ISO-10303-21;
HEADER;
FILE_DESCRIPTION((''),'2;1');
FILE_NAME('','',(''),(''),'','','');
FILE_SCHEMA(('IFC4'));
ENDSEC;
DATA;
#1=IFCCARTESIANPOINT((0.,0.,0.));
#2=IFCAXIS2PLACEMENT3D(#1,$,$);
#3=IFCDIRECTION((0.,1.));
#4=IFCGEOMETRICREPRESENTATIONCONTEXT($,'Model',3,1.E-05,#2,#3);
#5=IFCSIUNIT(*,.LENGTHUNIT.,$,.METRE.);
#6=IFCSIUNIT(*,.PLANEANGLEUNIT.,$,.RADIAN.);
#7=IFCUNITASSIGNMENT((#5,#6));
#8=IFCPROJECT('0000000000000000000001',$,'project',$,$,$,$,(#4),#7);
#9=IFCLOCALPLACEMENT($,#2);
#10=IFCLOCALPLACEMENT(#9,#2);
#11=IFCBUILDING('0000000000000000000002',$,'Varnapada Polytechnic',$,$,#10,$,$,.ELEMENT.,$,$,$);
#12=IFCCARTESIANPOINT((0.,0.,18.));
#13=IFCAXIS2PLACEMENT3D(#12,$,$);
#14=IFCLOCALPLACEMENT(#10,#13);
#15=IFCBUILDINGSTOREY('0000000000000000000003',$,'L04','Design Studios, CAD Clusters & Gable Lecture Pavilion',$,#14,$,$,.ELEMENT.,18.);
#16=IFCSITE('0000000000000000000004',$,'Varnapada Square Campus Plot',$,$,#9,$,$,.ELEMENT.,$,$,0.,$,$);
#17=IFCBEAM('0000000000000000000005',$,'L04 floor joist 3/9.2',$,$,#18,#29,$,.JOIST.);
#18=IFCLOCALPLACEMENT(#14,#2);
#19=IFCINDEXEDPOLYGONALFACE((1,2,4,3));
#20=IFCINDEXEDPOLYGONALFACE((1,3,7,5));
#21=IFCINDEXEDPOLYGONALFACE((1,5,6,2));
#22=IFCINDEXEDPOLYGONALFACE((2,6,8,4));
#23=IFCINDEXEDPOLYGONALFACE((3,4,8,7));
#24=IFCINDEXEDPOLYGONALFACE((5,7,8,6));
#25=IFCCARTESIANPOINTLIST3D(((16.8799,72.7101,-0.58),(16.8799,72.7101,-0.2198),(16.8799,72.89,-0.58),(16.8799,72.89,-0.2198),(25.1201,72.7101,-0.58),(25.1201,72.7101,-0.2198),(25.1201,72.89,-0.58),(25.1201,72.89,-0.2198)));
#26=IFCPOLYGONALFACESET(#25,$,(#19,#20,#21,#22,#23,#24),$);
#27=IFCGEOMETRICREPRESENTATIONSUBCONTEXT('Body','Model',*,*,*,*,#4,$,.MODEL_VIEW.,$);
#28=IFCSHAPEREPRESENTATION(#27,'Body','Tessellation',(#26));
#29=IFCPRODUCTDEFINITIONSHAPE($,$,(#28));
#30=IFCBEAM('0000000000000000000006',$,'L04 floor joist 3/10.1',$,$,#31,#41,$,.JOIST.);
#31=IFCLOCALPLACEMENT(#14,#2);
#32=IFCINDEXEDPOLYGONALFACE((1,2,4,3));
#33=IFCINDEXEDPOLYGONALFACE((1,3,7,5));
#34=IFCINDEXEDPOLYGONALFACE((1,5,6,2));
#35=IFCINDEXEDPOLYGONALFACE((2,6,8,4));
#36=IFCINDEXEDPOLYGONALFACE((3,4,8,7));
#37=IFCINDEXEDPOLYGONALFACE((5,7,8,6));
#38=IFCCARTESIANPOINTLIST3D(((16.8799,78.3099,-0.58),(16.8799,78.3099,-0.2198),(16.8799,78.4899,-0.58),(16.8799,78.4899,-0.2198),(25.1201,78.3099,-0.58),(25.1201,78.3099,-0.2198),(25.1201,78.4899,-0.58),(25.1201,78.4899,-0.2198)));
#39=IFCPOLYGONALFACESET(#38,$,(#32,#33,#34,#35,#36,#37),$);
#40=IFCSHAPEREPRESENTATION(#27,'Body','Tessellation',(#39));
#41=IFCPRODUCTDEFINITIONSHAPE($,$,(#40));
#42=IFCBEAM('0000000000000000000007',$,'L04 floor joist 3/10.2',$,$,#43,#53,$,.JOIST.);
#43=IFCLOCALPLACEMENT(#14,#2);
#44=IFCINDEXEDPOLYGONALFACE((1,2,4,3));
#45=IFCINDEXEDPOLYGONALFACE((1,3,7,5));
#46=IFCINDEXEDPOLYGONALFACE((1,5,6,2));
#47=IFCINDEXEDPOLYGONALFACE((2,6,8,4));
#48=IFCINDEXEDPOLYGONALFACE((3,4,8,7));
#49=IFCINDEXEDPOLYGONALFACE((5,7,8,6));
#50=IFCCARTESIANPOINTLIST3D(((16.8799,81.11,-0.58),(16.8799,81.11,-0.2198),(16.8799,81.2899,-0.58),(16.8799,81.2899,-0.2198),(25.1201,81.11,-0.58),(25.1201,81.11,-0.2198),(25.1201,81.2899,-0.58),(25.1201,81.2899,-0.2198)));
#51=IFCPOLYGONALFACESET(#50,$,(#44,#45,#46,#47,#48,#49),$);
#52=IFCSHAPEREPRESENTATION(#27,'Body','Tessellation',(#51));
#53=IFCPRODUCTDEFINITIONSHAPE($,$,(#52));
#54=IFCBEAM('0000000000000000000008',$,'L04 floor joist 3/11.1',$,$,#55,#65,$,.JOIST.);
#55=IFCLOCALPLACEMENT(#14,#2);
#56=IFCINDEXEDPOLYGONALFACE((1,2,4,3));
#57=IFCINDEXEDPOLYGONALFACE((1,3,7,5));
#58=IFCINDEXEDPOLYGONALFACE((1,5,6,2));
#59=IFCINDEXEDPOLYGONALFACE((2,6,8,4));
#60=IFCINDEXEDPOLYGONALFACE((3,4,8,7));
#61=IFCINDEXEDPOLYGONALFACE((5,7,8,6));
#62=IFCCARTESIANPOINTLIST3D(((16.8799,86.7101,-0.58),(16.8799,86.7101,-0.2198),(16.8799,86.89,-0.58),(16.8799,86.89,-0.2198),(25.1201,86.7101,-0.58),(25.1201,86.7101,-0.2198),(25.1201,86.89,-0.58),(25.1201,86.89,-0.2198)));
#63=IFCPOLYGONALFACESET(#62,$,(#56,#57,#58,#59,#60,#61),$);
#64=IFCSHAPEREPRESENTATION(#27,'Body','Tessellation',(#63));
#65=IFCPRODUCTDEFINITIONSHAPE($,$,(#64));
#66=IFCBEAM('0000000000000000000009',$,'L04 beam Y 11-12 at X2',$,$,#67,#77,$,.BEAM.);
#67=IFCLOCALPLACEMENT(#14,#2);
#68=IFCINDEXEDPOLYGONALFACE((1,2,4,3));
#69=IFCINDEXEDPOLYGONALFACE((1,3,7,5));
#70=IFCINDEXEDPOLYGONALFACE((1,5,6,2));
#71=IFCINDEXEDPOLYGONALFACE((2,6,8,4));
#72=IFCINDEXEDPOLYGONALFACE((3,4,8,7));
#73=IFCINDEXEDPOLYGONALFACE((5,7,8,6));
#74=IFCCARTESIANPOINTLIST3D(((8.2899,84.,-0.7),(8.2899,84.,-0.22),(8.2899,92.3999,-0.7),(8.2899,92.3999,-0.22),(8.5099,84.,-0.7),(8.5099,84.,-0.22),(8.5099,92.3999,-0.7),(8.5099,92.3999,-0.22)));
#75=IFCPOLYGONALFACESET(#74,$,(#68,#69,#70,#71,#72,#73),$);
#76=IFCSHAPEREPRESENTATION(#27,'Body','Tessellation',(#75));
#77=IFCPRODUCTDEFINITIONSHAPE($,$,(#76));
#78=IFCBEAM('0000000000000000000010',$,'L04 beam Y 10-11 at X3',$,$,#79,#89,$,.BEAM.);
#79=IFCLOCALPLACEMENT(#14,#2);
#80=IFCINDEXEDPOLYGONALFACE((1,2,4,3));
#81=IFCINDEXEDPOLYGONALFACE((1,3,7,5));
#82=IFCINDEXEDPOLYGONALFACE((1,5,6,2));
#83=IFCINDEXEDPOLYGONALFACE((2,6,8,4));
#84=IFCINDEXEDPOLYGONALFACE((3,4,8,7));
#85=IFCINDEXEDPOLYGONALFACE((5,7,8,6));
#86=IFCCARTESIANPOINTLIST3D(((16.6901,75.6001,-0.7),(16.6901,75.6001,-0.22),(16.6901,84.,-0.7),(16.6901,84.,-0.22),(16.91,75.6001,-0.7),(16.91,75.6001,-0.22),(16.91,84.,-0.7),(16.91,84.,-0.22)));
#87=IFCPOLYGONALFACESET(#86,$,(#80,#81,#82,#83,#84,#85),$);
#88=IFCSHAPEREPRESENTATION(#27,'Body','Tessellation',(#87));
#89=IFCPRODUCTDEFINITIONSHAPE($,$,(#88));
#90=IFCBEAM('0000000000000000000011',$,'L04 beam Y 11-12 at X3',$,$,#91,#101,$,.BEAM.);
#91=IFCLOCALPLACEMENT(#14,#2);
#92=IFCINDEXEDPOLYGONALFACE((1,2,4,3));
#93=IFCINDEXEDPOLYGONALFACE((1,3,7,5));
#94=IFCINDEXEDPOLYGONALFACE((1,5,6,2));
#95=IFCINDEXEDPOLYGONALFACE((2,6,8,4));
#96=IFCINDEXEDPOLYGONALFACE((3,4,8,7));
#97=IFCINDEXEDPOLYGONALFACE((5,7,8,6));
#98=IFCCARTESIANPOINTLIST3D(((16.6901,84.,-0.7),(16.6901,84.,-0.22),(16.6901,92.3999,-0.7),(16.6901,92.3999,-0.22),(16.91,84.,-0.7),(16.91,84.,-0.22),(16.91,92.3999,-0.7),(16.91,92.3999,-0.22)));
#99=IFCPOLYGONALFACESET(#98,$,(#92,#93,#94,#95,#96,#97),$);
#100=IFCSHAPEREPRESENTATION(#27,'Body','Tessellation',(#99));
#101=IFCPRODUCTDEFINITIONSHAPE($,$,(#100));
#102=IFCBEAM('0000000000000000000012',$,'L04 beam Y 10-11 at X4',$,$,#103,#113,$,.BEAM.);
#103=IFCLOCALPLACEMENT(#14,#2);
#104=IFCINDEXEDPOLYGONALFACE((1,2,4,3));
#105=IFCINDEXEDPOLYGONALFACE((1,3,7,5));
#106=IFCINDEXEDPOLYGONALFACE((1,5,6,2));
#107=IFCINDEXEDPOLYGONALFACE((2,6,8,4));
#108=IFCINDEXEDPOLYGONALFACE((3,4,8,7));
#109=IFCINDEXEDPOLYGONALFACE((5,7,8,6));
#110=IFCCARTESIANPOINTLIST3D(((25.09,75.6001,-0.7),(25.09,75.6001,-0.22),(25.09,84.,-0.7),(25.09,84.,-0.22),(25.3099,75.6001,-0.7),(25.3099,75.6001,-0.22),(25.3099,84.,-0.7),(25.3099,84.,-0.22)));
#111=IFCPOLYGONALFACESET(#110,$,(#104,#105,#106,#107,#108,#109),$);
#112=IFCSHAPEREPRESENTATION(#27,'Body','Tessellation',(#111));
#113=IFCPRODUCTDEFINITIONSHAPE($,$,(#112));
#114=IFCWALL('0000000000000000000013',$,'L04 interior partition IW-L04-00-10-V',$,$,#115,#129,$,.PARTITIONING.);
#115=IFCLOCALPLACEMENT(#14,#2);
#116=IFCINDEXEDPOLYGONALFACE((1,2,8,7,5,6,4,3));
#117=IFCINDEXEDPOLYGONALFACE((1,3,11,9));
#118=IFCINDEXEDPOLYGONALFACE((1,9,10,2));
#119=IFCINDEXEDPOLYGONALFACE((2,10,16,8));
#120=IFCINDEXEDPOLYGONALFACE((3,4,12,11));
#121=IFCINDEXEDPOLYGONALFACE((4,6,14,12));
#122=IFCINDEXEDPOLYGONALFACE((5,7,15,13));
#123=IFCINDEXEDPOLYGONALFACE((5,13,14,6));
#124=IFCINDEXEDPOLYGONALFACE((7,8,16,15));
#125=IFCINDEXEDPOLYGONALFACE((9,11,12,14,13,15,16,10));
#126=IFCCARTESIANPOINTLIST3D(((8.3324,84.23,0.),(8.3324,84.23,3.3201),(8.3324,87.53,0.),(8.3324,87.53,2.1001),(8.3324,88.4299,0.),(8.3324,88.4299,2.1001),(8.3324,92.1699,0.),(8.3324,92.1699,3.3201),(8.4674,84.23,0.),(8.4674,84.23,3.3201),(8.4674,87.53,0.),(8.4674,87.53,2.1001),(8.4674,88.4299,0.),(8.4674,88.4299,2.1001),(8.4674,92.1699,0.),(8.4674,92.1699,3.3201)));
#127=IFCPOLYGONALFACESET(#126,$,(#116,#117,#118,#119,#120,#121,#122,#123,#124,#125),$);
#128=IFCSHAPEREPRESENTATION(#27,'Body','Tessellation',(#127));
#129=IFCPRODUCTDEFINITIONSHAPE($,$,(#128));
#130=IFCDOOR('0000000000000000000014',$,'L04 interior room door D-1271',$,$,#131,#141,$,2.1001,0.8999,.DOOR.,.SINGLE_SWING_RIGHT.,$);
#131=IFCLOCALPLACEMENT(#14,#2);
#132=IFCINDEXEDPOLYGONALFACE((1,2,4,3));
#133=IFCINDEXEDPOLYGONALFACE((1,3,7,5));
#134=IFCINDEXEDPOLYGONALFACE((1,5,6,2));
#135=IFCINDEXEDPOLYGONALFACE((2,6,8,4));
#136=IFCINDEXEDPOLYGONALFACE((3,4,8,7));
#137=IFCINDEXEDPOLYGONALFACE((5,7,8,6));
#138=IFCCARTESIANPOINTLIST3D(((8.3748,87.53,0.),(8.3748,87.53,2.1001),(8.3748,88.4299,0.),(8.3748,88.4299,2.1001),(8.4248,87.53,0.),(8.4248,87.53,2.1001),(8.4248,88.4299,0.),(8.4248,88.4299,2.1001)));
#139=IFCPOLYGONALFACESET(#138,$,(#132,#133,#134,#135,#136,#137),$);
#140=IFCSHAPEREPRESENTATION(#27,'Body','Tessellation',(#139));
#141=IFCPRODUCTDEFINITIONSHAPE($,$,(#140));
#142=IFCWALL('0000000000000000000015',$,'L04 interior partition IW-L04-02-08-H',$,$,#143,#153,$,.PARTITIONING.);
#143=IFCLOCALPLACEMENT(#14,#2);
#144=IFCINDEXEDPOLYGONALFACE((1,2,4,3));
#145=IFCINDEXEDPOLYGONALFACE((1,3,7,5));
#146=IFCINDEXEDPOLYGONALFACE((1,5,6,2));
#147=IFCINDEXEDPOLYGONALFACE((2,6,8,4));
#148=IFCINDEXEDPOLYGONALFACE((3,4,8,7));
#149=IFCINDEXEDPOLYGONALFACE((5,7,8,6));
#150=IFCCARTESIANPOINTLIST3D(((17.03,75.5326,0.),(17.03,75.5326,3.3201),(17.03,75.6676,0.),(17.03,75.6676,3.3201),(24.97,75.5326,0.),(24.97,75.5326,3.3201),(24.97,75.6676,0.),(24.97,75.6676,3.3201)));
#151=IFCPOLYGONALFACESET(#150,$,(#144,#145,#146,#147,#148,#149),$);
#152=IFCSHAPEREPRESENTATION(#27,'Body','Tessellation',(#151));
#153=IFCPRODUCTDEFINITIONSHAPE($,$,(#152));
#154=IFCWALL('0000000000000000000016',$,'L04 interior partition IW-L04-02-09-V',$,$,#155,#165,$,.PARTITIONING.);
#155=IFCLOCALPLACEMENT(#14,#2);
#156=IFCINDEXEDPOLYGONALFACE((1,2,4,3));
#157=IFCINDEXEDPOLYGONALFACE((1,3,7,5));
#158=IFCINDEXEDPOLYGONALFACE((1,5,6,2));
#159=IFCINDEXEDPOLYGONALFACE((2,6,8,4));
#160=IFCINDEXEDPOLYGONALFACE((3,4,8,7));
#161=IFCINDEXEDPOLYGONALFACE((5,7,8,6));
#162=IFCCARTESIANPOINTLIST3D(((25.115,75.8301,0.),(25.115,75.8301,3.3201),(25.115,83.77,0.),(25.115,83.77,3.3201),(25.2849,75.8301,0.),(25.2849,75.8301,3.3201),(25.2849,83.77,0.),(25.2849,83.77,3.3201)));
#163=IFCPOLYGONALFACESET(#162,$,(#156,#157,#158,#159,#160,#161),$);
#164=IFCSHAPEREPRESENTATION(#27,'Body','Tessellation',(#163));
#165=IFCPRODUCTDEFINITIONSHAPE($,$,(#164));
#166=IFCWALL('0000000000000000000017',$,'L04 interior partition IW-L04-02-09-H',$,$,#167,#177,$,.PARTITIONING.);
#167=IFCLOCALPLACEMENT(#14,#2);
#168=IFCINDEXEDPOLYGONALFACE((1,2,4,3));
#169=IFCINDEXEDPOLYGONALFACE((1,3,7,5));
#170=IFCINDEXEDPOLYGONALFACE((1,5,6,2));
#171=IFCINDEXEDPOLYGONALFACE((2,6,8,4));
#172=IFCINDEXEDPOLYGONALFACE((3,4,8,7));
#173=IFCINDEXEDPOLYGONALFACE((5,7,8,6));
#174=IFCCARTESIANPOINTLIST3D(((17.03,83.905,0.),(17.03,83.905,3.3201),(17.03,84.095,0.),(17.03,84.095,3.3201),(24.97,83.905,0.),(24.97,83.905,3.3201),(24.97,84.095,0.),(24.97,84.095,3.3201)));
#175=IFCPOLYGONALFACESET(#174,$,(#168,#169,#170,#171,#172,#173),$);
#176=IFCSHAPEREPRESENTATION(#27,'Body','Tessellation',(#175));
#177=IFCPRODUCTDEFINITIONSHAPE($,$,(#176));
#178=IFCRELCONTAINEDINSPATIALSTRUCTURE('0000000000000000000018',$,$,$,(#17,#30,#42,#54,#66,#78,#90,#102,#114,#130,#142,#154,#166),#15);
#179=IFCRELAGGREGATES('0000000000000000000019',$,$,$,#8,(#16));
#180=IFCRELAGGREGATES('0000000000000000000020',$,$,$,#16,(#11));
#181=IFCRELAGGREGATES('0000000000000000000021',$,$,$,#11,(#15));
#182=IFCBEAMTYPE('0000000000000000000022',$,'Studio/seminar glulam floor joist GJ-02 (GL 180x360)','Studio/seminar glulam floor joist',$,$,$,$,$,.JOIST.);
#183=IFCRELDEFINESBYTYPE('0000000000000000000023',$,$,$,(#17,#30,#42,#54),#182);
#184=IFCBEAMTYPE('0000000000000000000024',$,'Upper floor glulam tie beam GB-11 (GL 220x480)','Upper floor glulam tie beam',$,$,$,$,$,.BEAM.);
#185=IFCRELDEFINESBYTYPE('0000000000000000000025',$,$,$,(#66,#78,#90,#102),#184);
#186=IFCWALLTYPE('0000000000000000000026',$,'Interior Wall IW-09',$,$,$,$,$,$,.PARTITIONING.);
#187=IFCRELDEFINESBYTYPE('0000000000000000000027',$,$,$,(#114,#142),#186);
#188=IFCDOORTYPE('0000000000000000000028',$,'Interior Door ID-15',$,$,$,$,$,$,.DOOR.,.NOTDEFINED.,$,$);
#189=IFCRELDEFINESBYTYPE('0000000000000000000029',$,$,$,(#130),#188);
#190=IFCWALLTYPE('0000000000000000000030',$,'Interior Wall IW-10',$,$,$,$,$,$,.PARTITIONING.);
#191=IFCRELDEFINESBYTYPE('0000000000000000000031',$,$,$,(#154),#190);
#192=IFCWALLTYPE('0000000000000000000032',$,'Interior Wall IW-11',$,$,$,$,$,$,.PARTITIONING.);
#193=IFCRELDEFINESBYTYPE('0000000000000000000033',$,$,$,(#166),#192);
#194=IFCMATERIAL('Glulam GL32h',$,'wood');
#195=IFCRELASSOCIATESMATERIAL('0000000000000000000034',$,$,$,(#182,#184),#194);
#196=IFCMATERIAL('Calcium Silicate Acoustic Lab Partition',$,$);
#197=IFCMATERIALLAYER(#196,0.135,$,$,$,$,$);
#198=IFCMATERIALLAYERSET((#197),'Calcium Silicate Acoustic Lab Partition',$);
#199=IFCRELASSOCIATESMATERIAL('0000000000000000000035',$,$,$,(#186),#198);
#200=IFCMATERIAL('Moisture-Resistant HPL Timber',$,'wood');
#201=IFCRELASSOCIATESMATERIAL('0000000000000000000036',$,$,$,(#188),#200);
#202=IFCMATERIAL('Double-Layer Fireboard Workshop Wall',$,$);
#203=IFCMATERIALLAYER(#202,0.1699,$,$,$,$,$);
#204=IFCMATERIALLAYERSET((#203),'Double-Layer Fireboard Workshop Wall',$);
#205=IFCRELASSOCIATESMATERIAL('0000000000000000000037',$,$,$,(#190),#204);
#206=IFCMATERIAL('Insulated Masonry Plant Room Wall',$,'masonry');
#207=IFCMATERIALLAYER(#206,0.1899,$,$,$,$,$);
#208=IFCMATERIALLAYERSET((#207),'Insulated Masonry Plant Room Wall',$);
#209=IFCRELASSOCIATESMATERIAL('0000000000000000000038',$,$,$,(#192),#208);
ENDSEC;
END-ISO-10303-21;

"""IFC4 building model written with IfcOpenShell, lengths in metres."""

from ifc_helpers import new_model, si_unit, direction, frame, frame_2d, origin, origin_2d, place, context, subcontext, project, spatial, rectangle, extrude, material, layer, layer_set, material_profile, profile_set, type_object, element, fill, save


model = new_model("IFC4")

# Units and contexts
model_context = context("Model", 3, precision=1e-05, world=origin(), true_north=direction((0.0, 1.0)))
body_context = subcontext(model_context, "Body", "Model", "MODEL_VIEW")
ifc_project = project(units=[si_unit("LENGTHUNIT", "METRE"), si_unit("PLANEANGLEUNIT", "RADIAN")], contexts=[model_context])

# Site, building, storey
site_placement = place(None, origin())
site = spatial("IfcSite", under=ifc_project, at=site_placement, Name="Varnapada Square Campus Plot", CompositionType="ELEMENT", RefElevation=0.0)
building_placement = place(site_placement, origin())
building = spatial("IfcBuilding", under=site, at=building_placement, Name="Varnapada Polytechnic", CompositionType="ELEMENT")
storey_placement = place(building_placement, frame((0.0, 0.0, 18.0)))
storey = spatial("IfcBuildingStorey", under=building, at=storey_placement, Name="L04", Description="Design Studios, CAD Clusters & Gable Lecture Pavilion", CompositionType="ELEMENT", Elevation=18.0)

# Shared definitions
ifc_material_1 = material(Name="Glulam GL32h", Category="wood")

# Beams
ifc_material_profile_1 = material_profile(ifc_material_1, rectangle(XDim=0.1799, YDim=0.3601, at=origin_2d()), Name="GL 180x360")
ifc_profile_set_1 = profile_set([ifc_material_profile_1], Name="Glulam GL32h")
beam_type_1 = type_object("IfcBeamType", Name="Studio/seminar glulam floor joist GJ-02 (GL 180x360)", Description="Studio/seminar glulam floor joist", PredefinedType="JOIST", material=ifc_profile_set_1)
for number, where, z_axis, x_axis, name in (
    (1, (16.8799, 72.8, -0.3999), (1.0, 0.0, 0.0), (0.0, 1.0, 0.0), "L04 floor joist 3/9.2"),
    (2, (16.8799, 78.3999, -0.3999), (1.0, 0.0, 0.0), (0.0, 1.0, 0.0), "L04 floor joist 3/10.1"),
    (3, (16.8799, 81.2, -0.3999), (1.0, 0.0, 0.0), (0.0, 1.0, 0.0), "L04 floor joist 3/10.2"),
    (4, (16.8799, 86.8, -0.3999), (1.0, 0.0, 0.0), (0.0, 1.0, 0.0), "L04 floor joist 3/11.1"),
):
    element("IfcBeam", number, at=place(storey_placement, frame(where, z_axis=z_axis, x_axis=x_axis)), inside=storey, type_object=beam_type_1, Name=name, PredefinedType="JOIST", context=body_context, shape_type="SweptSolid", body=[
        extrude(rectangle(XDim=0.1799, YDim=0.3601, at=origin_2d()), origin(), (0.0, 0.0, 1.0), 8.2402),
    ])
ifc_material_profile_2 = material_profile(ifc_material_1, rectangle(XDim=0.22, YDim=0.48, at=origin_2d()), Name="GL 220x480")
ifc_profile_set_2 = profile_set([ifc_material_profile_2], Name="Glulam GL32h")
beam_type_2 = type_object("IfcBeamType", Name="Upper floor glulam tie beam GB-11 (GL 220x480)", Description="Upper floor glulam tie beam", PredefinedType="BEAM", material=ifc_profile_set_2)
for number, where, z_axis, x_axis, name in (
    (5, (8.3999, 84.0, -0.46), (0.0, 1.0, 0.0), (-1.0, 0.0, 0.0), "L04 beam Y 11-12 at X2"),
    (6, (16.8, 75.6001, -0.46), (0.0, 1.0, 0.0), (-1.0, 0.0, 0.0), "L04 beam Y 10-11 at X3"),
    (7, (16.8, 84.0, -0.46), (0.0, 1.0, 0.0), (-1.0, 0.0, 0.0), "L04 beam Y 11-12 at X3"),
    (8, (25.2, 75.6001, -0.46), (0.0, 1.0, 0.0), (-1.0, 0.0, 0.0), "L04 beam Y 10-11 at X4"),
):
    element("IfcBeam", number, at=place(storey_placement, frame(where, z_axis=z_axis, x_axis=x_axis)), inside=storey, type_object=beam_type_2, Name=name, PredefinedType="BEAM", context=body_context, shape_type="SweptSolid", body=[
        extrude(rectangle(XDim=0.22, YDim=0.48, at=origin_2d()), origin(), (0.0, 0.0, 1.0), 8.3999),
    ])

# Wall, opening, door
ifc_material_2 = material(Name="Calcium Silicate Acoustic Lab Partition")
ifc_layer_1 = layer(ifc_material_2, 0.135)
ifc_layer_set_1 = layer_set([ifc_layer_1], Name="Calcium Silicate Acoustic Lab Partition")
wall_type_1 = type_object("IfcWallType", Name="Interior Wall IW-09", PredefinedType="PARTITIONING", material=ifc_layer_set_1)
wall_1_placement = place(storey_placement, frame((8.3999, 84.23, 0.0), z_axis=(0.0, 0.0, 1.0), x_axis=(0.0, 1.0, 0.0)))
wall_1 = element("IfcWall", 9, at=wall_1_placement, inside=storey, type_object=wall_type_1, Name="L04 interior partition IW-L04-00-10-V", PredefinedType="PARTITIONING", context=body_context, shape_type="SweptSolid", body=[
    extrude(rectangle(XDim=7.9399, YDim=0.135, at=frame_2d((3.97, 0.0))), origin(), (0.0, 0.0, 1.0), 3.3201),
])
opening_1_placement = place(wall_1_placement, frame((3.3, 0.0, 0.0)))
opening_1 = element("IfcOpeningElement", 10, at=opening_1_placement, cuts=wall_1, PredefinedType="OPENING", context=body_context, shape_type="SweptSolid", body=[
    extrude(rectangle(XDim=0.8999, YDim=2.1001, at=frame_2d((0.45, 1.05))), frame((0.0, 0.0774, 0.0), z_axis=(0.0, -1.0, 0.0), x_axis=(1.0, 0.0, 0.0)), (0.0, 0.0, 1.0), 0.155),
])
ifc_material_3 = material(Name="Moisture-Resistant HPL Timber", Category="wood")
door_type_1 = type_object("IfcDoorType", Name="Interior Door ID-15", OperationType="NOTDEFINED", PredefinedType="DOOR", material=ifc_material_3)
door_1_placement = place(opening_1_placement, frame((0.8999, 0.0, 0.0), z_axis=(0.0, 0.0, 1.0), x_axis=(-1.0, 0.0, 0.0)))
door_1 = element("IfcDoor", 11, at=door_1_placement, inside=storey, type_object=door_type_1, Name="L04 interior room door D-1271", OperationType="SINGLE_SWING_RIGHT", OverallHeight=2.1001, OverallWidth=0.8999, PredefinedType="DOOR", context=body_context, shape_type="SweptSolid", body=[
    extrude(rectangle(XDim=0.8999, YDim=2.1001, at=frame_2d((0.45, 1.05))), frame((0.0, 0.0249, 0.0), z_axis=(0.0, -1.0, 0.0), x_axis=(1.0, 0.0, 0.0)), (0.0, 0.0, 1.0), 0.05),
])
fill(opening_1, door_1)

# Walls
wall_2_placement = place(storey_placement, frame((17.03, 75.6001, 0.0), z_axis=(0.0, 0.0, 1.0), x_axis=(1.0, 0.0, 0.0)))
element("IfcWall", 12, at=wall_2_placement, inside=storey, type_object=wall_type_1, Name="L04 interior partition IW-L04-02-08-H", PredefinedType="PARTITIONING", context=body_context, shape_type="SweptSolid", body=[
    extrude(rectangle(XDim=7.9399, YDim=0.135, at=frame_2d((3.97, 0.0))), origin(), (0.0, 0.0, 1.0), 3.3201),
])
ifc_material_4 = material(Name="Double-Layer Fireboard Workshop Wall")
ifc_layer_2 = layer(ifc_material_4, 0.1699)
ifc_layer_set_2 = layer_set([ifc_layer_2], Name="Double-Layer Fireboard Workshop Wall")
wall_type_2 = type_object("IfcWallType", Name="Interior Wall IW-10", PredefinedType="PARTITIONING", material=ifc_layer_set_2)
wall_3_placement = place(storey_placement, frame((25.2, 75.8301, 0.0), z_axis=(0.0, 0.0, 1.0), x_axis=(0.0, 1.0, 0.0)))
element("IfcWall", 13, at=wall_3_placement, inside=storey, type_object=wall_type_2, Name="L04 interior partition IW-L04-02-09-V", PredefinedType="PARTITIONING", context=body_context, shape_type="SweptSolid", body=[
    extrude(rectangle(XDim=7.9399, YDim=0.1699, at=frame_2d((3.97, 0.0))), origin(), (0.0, 0.0, 1.0), 3.3201),
])
ifc_material_5 = material(Name="Insulated Masonry Plant Room Wall", Category="masonry")
ifc_layer_3 = layer(ifc_material_5, 0.1899)
ifc_layer_set_3 = layer_set([ifc_layer_3], Name="Insulated Masonry Plant Room Wall")
wall_type_3 = type_object("IfcWallType", Name="Interior Wall IW-11", PredefinedType="PARTITIONING", material=ifc_layer_set_3)
wall_4_placement = place(storey_placement, frame((17.03, 84.0, 0.0), z_axis=(0.0, 0.0, 1.0), x_axis=(1.0, 0.0, 0.0)))
element("IfcWall", 14, at=wall_4_placement, inside=storey, type_object=wall_type_3, Name="L04 interior partition IW-L04-02-09-H", PredefinedType="PARTITIONING", context=body_context, shape_type="SweptSolid", body=[
    extrude(rectangle(XDim=7.9399, YDim=0.1899, at=frame_2d((3.97, 0.0))), origin(), (0.0, 0.0, 1.0), 3.3201),
])

save(model, "model.ifc")
